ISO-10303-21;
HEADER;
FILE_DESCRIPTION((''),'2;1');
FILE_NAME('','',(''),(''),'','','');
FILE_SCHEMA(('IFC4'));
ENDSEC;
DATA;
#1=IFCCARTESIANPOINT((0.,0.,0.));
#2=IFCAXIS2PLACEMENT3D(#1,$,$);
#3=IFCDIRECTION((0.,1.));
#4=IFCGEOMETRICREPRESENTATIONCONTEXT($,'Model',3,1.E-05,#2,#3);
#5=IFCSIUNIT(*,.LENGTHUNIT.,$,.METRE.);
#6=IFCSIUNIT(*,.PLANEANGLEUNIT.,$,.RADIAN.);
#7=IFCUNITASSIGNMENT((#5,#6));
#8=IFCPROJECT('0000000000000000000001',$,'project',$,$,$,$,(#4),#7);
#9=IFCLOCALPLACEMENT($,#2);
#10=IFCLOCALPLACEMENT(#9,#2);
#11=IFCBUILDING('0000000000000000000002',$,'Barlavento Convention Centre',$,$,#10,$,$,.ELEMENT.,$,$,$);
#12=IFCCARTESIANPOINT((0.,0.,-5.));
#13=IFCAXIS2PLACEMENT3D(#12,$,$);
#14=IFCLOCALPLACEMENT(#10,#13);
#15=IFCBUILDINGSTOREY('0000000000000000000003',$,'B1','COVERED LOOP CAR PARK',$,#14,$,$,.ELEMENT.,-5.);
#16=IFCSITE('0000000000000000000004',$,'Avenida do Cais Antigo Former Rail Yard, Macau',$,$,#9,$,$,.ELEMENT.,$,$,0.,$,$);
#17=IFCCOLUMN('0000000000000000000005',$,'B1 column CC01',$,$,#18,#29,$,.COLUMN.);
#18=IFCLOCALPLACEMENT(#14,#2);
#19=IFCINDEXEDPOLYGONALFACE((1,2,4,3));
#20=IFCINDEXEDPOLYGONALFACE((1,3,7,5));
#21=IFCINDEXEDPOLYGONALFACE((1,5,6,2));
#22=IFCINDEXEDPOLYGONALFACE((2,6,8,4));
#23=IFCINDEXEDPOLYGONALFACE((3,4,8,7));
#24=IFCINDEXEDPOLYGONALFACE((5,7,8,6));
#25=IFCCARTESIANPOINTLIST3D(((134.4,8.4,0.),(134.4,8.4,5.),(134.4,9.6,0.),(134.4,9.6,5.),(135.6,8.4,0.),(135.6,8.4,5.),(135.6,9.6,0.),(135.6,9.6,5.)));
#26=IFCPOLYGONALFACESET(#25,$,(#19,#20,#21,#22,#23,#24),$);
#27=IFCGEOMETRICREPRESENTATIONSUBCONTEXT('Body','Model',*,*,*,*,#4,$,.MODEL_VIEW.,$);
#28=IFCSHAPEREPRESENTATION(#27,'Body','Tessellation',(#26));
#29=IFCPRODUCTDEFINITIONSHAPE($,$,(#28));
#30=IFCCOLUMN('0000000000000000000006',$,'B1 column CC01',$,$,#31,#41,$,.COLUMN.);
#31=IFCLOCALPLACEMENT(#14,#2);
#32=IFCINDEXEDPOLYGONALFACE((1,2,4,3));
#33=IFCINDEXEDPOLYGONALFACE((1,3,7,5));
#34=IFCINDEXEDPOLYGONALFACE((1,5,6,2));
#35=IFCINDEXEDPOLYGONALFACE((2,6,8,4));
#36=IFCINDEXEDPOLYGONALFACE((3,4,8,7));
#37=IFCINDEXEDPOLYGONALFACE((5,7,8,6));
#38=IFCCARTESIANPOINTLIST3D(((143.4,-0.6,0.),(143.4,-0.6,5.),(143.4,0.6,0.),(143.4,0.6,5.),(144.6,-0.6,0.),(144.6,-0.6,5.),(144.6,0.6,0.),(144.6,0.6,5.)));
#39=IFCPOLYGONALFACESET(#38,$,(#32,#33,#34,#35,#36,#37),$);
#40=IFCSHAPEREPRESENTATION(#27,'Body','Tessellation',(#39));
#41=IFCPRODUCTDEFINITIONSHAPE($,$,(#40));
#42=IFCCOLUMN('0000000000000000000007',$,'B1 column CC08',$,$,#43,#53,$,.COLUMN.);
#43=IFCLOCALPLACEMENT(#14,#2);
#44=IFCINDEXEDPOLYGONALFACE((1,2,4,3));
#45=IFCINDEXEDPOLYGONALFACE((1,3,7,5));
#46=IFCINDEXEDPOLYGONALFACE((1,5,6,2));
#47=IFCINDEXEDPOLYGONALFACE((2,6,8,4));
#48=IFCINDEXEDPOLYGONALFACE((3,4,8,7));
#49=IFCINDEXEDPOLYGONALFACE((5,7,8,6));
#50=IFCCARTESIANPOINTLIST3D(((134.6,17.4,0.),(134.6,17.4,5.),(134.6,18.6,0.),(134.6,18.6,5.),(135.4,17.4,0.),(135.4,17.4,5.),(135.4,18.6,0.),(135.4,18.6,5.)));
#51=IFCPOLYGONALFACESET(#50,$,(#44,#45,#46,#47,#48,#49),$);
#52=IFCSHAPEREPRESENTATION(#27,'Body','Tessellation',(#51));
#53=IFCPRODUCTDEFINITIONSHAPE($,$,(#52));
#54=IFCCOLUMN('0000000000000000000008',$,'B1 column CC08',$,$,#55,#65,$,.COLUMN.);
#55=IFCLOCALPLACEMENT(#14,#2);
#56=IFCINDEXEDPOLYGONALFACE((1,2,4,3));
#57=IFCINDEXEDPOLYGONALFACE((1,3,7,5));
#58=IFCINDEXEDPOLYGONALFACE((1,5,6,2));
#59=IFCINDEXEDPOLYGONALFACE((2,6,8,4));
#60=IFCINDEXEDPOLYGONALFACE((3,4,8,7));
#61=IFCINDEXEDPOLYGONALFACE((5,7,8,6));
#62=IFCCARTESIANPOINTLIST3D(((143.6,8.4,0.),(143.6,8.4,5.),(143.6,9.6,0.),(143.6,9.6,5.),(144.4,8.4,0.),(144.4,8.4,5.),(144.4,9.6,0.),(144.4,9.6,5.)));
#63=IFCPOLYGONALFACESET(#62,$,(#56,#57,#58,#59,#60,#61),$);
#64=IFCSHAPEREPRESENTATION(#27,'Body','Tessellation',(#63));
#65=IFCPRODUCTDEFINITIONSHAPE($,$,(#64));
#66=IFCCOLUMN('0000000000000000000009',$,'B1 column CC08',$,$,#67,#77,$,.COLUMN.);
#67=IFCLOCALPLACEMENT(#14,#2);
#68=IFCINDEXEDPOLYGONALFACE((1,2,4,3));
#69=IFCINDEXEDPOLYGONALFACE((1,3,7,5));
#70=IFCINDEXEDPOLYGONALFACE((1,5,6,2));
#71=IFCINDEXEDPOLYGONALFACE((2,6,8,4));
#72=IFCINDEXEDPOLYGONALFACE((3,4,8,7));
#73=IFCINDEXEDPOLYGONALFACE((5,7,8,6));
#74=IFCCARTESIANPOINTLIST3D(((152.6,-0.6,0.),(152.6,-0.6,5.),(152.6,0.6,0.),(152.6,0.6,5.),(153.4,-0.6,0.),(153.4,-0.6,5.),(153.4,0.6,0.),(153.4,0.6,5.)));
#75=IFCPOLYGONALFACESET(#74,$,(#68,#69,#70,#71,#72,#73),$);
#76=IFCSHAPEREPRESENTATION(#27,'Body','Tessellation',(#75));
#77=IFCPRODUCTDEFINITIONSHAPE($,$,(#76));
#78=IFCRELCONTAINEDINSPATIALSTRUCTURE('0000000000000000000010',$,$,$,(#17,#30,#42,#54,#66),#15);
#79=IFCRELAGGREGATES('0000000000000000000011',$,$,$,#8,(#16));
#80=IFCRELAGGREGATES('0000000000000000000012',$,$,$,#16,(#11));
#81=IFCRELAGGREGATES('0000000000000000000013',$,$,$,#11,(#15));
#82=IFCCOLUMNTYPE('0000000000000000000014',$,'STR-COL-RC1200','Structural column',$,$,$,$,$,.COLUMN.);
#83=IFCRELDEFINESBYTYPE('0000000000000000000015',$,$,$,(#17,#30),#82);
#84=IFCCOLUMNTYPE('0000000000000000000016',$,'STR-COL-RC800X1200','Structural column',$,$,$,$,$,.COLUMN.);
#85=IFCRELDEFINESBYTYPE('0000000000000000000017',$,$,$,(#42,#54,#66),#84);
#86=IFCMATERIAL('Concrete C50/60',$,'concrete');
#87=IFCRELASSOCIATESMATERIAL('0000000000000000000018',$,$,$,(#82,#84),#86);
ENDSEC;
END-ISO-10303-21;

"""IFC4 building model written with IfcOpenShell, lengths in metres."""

from ifc_helpers import new_model, si_unit, direction, frame, origin, origin_2d, place, context, subcontext, project, spatial, rectangle, extrude, material, material_profile, profile_set, type_object, element, save


model = new_model("IFC4")

# Units and contexts
model_context = context("Model", 3, precision=1e-05, world=origin(), true_north=direction((0.0, 1.0)))
body_context = subcontext(model_context, "Body", "Model", "MODEL_VIEW")
ifc_project = project(units=[si_unit("LENGTHUNIT", "METRE"), si_unit("PLANEANGLEUNIT", "RADIAN")], contexts=[model_context])

# Site, building, storey
site_placement = place(None, origin())
site = spatial("IfcSite", under=ifc_project, at=site_placement, Name="Avenida do Cais Antigo Former Rail Yard, Macau", CompositionType="ELEMENT", RefElevation=0.0)
building_placement = place(site_placement, origin())
building = spatial("IfcBuilding", under=site, at=building_placement, Name="Barlavento Convention Centre", CompositionType="ELEMENT")
storey_placement = place(building_placement, frame((0.0, 0.0, -5.0)))
storey = spatial("IfcBuildingStorey", under=building, at=storey_placement, Name="B1", Description="COVERED LOOP CAR PARK", CompositionType="ELEMENT", Elevation=-5.0)

# Columns
ifc_material_1 = material(Name="Concrete C50/60", Category="concrete")
ifc_material_profile_1 = material_profile(ifc_material_1, rectangle(XDim=1.2, YDim=1.2, at=origin_2d()), Name="RC 1200x1200")
ifc_profile_set_1 = profile_set([ifc_material_profile_1], Name="Concrete C50/60")
column_type_1 = type_object("IfcColumnType", Name="STR-COL-RC1200", Description="Structural column", PredefinedType="COLUMN", material=ifc_profile_set_1)
for number, where, z_axis, x_axis, name in (
    (1, (135.0, 9.0, 0.0), (0.0, 0.0, 1.0), (1.0, 0.0, 0.0), "B1 column CC01"),
    (2, (144.0, 0.0, 0.0), (0.0, 0.0, 1.0), (1.0, 0.0, 0.0), "B1 column CC01"),
):
    element("IfcColumn", number, at=place(storey_placement, frame(where, z_axis=z_axis, x_axis=x_axis)), inside=storey, type_object=column_type_1, Name=name, PredefinedType="COLUMN", context=body_context, shape_type="SweptSolid", body=[
        extrude(rectangle(XDim=1.2, YDim=1.2, at=origin_2d()), origin(), (0.0, 0.0, 1.0), 5.0),
    ])
ifc_material_profile_2 = material_profile(ifc_material_1, rectangle(XDim=0.8, YDim=1.2, at=origin_2d()), Name="RC 800x1200")
ifc_profile_set_2 = profile_set([ifc_material_profile_2], Name="Concrete C50/60")
column_type_2 = type_object("IfcColumnType", Name="STR-COL-RC800X1200", Description="Structural column", PredefinedType="COLUMN", material=ifc_profile_set_2)
for number, where, z_axis, x_axis, name in (
    (3, (135.0, 18.0, 0.0), (0.0, 0.0, 1.0), (1.0, 0.0, 0.0), "B1 column CC08"),
    (4, (144.0, 9.0, 0.0), (0.0, 0.0, 1.0), (1.0, 0.0, 0.0), "B1 column CC08"),
    (5, (153.0, 0.0, 0.0), (0.0, 0.0, 1.0), (1.0, 0.0, 0.0), "B1 column CC08"),
):
    element("IfcColumn", number, at=place(storey_placement, frame(where, z_axis=z_axis, x_axis=x_axis)), inside=storey, type_object=column_type_2, Name=name, PredefinedType="COLUMN", context=body_context, shape_type="SweptSolid", body=[
        extrude(rectangle(XDim=0.8, YDim=1.2, at=origin_2d()), origin(), (0.0, 0.0, 1.0), 5.0),
    ])

save(model, "model.ifc")
